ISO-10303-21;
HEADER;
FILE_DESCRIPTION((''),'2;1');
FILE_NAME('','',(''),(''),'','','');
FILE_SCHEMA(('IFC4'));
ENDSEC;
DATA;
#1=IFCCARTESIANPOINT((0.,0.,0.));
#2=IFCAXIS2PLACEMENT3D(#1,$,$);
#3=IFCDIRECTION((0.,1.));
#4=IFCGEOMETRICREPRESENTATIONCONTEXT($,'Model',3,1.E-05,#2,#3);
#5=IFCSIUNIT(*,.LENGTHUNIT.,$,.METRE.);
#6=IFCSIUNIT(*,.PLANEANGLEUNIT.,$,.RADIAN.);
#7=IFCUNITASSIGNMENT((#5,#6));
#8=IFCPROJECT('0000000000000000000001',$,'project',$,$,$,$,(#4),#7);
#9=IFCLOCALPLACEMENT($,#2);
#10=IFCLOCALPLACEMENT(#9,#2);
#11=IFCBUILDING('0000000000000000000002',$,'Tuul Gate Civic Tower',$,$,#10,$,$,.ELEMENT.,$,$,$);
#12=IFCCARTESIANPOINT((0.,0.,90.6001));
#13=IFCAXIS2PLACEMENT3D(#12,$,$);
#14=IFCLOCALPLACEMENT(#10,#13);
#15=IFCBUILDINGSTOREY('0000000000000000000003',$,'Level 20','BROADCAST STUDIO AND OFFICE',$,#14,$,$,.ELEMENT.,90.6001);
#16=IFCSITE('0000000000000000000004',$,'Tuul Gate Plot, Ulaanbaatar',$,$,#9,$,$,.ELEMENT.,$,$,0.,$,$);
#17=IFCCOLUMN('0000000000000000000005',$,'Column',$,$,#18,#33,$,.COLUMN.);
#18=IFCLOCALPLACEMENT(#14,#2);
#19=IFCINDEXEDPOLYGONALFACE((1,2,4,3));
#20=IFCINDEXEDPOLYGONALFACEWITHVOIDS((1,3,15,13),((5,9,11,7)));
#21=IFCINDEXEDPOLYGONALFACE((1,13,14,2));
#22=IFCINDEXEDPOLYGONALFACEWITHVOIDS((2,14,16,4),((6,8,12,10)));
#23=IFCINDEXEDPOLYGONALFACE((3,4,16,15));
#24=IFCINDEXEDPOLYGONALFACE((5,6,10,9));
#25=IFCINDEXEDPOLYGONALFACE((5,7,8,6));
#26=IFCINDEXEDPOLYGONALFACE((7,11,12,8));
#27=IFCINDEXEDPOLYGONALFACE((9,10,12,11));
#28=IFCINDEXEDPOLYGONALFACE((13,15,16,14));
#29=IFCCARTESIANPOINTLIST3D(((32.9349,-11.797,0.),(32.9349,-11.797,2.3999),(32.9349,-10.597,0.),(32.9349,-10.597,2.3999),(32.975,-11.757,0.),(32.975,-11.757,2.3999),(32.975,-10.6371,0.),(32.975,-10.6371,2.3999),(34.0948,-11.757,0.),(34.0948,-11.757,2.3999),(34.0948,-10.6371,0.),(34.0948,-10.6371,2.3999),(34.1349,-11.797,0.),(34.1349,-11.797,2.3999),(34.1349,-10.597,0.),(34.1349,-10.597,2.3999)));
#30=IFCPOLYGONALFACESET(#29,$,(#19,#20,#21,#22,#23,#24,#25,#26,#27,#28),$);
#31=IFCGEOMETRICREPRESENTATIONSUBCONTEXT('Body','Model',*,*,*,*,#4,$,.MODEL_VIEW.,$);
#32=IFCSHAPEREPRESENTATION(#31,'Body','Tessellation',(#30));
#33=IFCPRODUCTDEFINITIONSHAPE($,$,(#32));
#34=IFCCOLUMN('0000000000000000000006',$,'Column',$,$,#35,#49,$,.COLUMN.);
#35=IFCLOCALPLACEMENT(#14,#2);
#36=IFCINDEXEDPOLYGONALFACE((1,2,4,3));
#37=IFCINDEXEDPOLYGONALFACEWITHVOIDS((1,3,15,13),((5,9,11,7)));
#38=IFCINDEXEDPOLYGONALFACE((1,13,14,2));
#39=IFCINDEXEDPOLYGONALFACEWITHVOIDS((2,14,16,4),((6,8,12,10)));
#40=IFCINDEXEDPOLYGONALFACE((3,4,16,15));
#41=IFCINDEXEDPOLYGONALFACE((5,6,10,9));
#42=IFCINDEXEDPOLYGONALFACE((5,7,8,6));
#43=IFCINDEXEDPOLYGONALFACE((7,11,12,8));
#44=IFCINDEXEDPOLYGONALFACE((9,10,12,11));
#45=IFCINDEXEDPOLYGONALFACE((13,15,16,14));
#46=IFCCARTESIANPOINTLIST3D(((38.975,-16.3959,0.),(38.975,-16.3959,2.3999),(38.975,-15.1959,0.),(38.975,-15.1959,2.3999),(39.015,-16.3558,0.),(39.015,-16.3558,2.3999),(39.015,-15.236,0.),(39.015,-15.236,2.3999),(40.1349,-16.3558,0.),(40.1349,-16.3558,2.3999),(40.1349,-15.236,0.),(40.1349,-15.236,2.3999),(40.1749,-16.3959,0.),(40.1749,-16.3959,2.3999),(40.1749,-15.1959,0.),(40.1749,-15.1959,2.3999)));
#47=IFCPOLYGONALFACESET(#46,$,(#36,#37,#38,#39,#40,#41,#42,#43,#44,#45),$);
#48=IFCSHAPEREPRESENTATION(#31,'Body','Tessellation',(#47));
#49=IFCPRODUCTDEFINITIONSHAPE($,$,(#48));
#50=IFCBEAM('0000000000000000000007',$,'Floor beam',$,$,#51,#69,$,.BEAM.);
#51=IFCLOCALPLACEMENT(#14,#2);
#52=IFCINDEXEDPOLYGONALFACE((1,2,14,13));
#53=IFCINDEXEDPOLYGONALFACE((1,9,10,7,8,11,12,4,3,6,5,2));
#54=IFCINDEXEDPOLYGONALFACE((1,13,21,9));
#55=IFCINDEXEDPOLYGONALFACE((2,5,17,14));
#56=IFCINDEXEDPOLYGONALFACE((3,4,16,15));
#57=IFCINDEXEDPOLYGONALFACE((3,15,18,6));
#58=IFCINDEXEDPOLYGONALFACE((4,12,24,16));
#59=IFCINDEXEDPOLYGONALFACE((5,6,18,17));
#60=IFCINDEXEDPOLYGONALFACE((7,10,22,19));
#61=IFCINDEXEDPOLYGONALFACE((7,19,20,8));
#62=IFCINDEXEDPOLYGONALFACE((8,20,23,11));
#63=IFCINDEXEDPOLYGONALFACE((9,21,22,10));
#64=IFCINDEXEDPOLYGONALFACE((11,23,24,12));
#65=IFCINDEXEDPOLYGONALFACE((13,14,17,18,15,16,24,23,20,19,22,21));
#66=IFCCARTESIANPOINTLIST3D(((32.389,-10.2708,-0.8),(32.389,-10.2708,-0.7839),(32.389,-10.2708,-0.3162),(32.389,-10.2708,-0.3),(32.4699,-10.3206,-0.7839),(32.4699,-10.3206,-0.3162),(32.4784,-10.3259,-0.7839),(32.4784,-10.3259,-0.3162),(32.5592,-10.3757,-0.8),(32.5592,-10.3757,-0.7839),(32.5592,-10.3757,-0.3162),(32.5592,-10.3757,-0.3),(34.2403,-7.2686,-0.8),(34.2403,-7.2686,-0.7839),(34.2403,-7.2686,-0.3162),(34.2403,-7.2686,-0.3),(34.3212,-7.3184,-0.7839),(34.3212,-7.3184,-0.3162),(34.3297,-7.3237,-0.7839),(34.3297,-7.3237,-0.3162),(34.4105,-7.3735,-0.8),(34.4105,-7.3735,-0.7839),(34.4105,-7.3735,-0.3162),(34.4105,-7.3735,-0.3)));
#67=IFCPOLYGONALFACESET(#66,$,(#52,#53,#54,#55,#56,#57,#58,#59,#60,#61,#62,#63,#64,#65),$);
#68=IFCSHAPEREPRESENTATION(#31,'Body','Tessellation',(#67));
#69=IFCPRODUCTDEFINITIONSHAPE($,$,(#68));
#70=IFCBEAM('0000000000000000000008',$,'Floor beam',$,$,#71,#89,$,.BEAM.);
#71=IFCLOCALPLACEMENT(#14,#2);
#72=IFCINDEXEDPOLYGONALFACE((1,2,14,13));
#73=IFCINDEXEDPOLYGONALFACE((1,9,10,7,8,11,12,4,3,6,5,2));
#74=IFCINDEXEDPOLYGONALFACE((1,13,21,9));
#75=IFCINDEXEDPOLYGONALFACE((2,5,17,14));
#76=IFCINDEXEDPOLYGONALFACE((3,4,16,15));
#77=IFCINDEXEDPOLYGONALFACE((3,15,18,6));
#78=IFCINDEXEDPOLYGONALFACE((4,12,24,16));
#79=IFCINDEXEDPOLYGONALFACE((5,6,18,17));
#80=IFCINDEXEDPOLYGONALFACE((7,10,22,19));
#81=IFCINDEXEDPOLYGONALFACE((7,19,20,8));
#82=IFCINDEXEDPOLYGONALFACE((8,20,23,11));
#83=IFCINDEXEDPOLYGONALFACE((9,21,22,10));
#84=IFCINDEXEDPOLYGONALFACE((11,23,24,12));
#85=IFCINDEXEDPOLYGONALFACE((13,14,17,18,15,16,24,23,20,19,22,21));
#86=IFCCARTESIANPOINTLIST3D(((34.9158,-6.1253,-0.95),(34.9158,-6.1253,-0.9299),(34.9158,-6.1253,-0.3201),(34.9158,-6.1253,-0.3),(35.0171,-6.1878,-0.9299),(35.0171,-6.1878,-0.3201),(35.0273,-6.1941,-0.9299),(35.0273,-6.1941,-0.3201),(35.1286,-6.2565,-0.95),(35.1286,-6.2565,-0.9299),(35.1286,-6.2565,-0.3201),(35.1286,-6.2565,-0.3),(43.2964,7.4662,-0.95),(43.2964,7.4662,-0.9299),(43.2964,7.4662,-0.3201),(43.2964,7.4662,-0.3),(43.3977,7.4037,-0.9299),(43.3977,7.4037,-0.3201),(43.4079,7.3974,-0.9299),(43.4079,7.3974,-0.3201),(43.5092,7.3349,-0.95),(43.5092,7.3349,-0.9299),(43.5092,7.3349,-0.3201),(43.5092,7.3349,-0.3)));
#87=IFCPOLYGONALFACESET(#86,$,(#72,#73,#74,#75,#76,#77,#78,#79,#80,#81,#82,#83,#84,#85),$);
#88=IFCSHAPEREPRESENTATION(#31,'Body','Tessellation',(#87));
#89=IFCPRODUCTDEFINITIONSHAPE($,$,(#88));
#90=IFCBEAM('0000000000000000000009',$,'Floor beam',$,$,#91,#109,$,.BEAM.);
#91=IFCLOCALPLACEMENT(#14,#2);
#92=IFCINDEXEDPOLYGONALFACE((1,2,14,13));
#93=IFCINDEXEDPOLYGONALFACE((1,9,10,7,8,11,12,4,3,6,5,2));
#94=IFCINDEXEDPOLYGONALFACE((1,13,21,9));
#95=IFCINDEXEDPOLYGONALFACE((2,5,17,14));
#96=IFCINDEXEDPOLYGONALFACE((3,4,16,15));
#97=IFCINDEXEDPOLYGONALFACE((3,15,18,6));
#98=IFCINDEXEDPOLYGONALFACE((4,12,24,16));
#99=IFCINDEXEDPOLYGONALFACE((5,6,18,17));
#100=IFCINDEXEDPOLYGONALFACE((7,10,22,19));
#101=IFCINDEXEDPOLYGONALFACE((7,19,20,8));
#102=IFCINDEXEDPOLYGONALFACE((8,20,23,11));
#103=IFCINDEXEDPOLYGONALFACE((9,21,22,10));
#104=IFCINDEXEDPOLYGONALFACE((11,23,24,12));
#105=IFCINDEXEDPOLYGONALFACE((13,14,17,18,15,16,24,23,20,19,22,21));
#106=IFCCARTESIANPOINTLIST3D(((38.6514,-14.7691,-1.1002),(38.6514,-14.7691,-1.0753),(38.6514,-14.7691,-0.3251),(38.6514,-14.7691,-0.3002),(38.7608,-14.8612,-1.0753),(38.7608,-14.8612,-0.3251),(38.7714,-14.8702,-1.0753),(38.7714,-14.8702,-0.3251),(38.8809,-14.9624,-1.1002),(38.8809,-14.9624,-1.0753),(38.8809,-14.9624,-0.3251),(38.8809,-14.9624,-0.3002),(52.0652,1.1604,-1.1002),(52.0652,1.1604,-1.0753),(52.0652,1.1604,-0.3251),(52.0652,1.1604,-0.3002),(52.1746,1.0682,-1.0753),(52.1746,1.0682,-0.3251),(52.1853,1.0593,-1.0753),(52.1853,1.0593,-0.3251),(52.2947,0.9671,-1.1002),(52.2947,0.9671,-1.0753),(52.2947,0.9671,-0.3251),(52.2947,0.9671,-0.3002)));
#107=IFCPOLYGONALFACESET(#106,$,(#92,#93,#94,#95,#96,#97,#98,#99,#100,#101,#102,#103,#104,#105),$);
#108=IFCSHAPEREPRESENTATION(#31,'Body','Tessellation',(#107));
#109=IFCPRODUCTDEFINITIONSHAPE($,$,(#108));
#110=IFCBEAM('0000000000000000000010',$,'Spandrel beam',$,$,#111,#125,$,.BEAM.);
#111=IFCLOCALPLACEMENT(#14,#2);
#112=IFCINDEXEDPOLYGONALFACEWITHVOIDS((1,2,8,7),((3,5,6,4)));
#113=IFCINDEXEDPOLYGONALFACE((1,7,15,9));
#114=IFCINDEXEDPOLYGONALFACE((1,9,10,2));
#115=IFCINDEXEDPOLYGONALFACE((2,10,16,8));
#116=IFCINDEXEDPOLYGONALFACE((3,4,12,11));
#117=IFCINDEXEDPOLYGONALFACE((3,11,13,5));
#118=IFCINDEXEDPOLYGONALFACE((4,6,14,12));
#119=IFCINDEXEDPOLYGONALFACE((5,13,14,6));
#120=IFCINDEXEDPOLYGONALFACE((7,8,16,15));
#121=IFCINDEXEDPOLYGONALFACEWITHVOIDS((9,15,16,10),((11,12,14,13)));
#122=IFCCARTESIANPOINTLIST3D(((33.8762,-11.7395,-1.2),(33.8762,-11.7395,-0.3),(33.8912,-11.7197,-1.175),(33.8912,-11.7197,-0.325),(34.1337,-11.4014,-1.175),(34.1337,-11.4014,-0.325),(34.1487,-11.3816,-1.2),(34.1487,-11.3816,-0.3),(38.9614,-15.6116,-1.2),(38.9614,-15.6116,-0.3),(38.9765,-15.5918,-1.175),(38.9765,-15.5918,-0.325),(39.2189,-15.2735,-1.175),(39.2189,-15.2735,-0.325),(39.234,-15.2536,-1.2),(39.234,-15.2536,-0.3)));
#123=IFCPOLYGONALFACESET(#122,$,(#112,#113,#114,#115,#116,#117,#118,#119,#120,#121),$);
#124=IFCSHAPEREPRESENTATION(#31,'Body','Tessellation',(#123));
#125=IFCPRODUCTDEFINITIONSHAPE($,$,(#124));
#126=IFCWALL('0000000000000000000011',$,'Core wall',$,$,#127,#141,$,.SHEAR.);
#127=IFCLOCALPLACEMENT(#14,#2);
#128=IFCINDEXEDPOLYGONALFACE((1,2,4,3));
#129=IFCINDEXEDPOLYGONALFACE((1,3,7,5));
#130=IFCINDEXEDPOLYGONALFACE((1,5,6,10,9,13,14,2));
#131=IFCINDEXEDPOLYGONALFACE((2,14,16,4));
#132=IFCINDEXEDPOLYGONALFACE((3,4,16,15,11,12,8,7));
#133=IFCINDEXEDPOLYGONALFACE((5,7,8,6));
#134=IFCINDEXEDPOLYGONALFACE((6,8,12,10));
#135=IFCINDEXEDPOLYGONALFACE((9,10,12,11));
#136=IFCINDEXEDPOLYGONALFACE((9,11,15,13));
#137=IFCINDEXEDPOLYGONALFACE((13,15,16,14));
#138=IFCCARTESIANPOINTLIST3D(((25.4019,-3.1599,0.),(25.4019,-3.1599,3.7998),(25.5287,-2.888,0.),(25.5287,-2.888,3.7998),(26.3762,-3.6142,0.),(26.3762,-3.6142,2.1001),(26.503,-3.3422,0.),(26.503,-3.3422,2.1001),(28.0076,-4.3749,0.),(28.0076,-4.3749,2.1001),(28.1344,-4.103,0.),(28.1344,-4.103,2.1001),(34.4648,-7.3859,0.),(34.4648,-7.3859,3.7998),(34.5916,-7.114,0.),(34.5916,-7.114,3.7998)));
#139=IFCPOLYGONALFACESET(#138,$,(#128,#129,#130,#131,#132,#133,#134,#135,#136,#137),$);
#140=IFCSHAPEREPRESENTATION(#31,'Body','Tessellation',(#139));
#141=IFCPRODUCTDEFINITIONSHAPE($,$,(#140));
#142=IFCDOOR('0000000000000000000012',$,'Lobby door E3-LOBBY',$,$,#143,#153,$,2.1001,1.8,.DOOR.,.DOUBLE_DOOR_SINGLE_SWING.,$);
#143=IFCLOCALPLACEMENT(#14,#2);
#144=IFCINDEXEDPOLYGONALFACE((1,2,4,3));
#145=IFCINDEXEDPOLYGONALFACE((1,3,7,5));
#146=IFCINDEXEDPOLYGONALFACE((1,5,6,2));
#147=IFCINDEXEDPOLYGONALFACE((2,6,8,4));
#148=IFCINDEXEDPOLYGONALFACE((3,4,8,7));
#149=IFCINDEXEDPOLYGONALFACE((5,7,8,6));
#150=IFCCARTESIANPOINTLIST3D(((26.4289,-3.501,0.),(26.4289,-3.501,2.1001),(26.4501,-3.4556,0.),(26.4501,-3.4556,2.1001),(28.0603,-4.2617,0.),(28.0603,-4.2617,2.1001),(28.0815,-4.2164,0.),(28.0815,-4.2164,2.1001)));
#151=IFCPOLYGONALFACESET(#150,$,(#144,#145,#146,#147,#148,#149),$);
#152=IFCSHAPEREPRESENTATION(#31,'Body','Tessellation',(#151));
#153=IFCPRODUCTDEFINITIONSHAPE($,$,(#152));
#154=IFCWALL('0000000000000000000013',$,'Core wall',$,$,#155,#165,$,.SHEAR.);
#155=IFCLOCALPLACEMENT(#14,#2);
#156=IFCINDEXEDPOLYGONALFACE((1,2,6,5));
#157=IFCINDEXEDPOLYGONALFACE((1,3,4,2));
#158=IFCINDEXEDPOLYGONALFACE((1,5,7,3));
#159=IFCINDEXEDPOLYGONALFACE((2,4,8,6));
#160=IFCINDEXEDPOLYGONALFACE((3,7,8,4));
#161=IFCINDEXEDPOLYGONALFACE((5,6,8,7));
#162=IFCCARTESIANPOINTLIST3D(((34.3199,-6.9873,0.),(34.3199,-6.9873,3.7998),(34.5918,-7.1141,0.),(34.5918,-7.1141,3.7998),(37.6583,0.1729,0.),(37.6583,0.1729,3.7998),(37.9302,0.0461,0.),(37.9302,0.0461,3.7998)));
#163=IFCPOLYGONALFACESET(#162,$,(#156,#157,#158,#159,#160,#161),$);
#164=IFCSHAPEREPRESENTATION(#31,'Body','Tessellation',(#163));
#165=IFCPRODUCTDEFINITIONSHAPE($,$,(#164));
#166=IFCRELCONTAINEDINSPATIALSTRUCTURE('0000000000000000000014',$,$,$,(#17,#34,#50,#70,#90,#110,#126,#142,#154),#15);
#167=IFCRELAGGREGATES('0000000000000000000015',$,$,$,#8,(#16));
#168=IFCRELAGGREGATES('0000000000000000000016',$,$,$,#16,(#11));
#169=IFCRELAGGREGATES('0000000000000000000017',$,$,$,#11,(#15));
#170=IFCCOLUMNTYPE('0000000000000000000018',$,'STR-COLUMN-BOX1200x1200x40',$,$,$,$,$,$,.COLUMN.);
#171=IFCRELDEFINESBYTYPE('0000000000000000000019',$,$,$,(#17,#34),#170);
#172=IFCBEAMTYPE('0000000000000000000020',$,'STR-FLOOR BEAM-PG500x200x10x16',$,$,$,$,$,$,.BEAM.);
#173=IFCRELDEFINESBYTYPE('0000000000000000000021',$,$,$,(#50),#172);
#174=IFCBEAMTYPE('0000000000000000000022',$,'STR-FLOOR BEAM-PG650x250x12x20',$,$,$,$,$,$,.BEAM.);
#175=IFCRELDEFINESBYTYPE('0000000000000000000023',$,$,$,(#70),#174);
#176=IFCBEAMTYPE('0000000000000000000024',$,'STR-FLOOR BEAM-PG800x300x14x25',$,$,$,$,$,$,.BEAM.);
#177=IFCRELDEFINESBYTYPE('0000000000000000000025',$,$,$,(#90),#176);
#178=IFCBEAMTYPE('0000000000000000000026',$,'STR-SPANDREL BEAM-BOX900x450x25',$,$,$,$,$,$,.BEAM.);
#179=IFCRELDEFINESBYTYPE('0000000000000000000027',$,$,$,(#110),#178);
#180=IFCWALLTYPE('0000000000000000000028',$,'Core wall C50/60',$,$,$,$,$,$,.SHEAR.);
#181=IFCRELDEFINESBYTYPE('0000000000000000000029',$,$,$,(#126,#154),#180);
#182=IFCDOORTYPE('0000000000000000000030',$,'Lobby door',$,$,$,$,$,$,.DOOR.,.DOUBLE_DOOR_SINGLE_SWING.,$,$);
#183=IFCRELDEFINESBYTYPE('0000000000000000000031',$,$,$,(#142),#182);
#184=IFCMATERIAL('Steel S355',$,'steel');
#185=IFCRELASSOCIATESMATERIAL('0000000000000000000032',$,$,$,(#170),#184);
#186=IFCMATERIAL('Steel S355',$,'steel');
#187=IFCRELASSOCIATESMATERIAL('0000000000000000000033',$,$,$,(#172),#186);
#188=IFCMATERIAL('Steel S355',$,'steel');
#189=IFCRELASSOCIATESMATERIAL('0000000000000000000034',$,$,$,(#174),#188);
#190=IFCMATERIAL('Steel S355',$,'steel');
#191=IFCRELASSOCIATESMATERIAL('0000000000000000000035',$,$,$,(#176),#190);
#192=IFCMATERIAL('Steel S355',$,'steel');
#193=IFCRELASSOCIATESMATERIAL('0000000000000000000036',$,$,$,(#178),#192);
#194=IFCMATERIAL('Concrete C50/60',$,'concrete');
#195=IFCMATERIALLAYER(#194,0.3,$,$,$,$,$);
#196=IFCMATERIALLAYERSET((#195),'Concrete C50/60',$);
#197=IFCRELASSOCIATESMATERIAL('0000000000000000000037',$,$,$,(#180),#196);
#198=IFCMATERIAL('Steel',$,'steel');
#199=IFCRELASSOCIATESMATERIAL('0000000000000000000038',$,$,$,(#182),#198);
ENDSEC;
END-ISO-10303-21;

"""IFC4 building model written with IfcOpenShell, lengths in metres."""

from ifc_helpers import new_model, si_unit, direction, frame, frame_2d, origin, origin_2d, place, context, subcontext, project, spatial, rectangle, hollow_rectangle, i_section, extrude, material, layer, layer_set, material_profile, profile_set, type_object, element, fill, save


model = new_model("IFC4")

# Units and contexts
model_context = context("Model", 3, precision=1e-05, world=origin(), true_north=direction((0.0, 1.0)))
body_context = subcontext(model_context, "Body", "Model", "MODEL_VIEW")
ifc_project = project(units=[si_unit("LENGTHUNIT", "METRE"), si_unit("PLANEANGLEUNIT", "RADIAN")], contexts=[model_context])

# Site, building, storey
site_placement = place(None, origin())
site = spatial("IfcSite", under=ifc_project, at=site_placement, Name="Tuul Gate Plot, Ulaanbaatar", CompositionType="ELEMENT", RefElevation=0.0)
building_placement = place(site_placement, origin())
building = spatial("IfcBuilding", under=site, at=building_placement, Name="Tuul Gate Civic Tower", CompositionType="ELEMENT")
storey_placement = place(building_placement, frame((0.0, 0.0, 90.6001)))
storey = spatial("IfcBuildingStorey", under=building, at=storey_placement, Name="Level 20", Description="BROADCAST STUDIO AND OFFICE", CompositionType="ELEMENT", Elevation=90.6001)

# Columns
ifc_material_1 = material(Name="Steel S355", Category="steel")
ifc_material_profile_1 = material_profile(ifc_material_1, hollow_rectangle(XDim=1.2, YDim=1.2, WallThickness=0.04, at=origin_2d()), Name="BOX1200x1200x40")
ifc_profile_set_1 = profile_set([ifc_material_profile_1], Name="Steel S355")
column_type = type_object("IfcColumnType", Name="STR-COLUMN-BOX1200x1200x40", PredefinedType="COLUMN", material=ifc_profile_set_1)
for number, where, z_axis, x_axis, name in (
    (1, (33.5349, -11.197, 0.0), (0.0, 0.0, 1.0), (1.0, 0.0, 0.0), "Column"),
    (2, (39.575, -15.7959, 0.0), (0.0, 0.0, 1.0), (1.0, 0.0, 0.0), "Column"),
):
    element("IfcColumn", number, at=place(storey_placement, frame(where, z_axis=z_axis, x_axis=x_axis)), inside=storey, type_object=column_type, Name=name, PredefinedType="COLUMN", context=body_context, shape_type="SweptSolid", body=[
        extrude(hollow_rectangle(XDim=1.2, YDim=1.2, WallThickness=0.04, at=origin_2d()), origin(), (0.0, 0.0, 1.0), 2.3999),
    ])

# Beams
ifc_material_2 = material(Name="Steel S355", Category="steel")
ifc_material_profile_2 = material_profile(ifc_material_2, i_section(OverallWidth=0.2, OverallDepth=0.5, WebThickness=0.01, FlangeThickness=0.0161, at=origin_2d()), Name="PG500x200x10x16")
ifc_profile_set_2 = profile_set([ifc_material_profile_2], Name="Steel S355")
beam_type_1 = type_object("IfcBeamType", Name="STR-FLOOR BEAM-PG500x200x10x16", PredefinedType="BEAM", material=ifc_profile_set_2)
beam_1_placement = place(storey_placement, frame((32.4741, -10.3232, -0.55), z_axis=(0.524881, 0.851176, 0.0), x_axis=(-0.851176, 0.524881, 0.0)))
element("IfcBeam", 3, at=beam_1_placement, inside=storey, type_object=beam_type_1, Name="Floor beam", PredefinedType="BEAM", context=body_context, shape_type="SweptSolid", body=[
    extrude(i_section(OverallWidth=0.2, OverallDepth=0.5, WebThickness=0.01, FlangeThickness=0.0161, at=origin_2d()), origin(), (0.0, 0.0, 1.0), 3.5271),
])
ifc_material_3 = material(Name="Steel S355", Category="steel")
ifc_material_profile_3 = material_profile(ifc_material_3, i_section(OverallWidth=0.25, OverallDepth=0.6499, WebThickness=0.012, FlangeThickness=0.02, at=origin_2d()), Name="PG650x250x12x20")
ifc_profile_set_3 = profile_set([ifc_material_profile_3], Name="Steel S355")
beam_type_2 = type_object("IfcBeamType", Name="STR-FLOOR BEAM-PG650x250x12x20", PredefinedType="BEAM", material=ifc_profile_set_3)
beam_2_placement = place(storey_placement, frame((35.0222, -6.1909, -0.625), z_axis=(0.52485, 0.851194, 0.0), x_axis=(-0.851194, 0.52485, 0.0)))
element("IfcBeam", 4, at=beam_2_placement, inside=storey, type_object=beam_type_2, Name="Floor beam", PredefinedType="BEAM", context=body_context, shape_type="SweptSolid", body=[
    extrude(i_section(OverallWidth=0.25, OverallDepth=0.6499, WebThickness=0.012, FlangeThickness=0.02, at=origin_2d()), origin(), (0.0, 0.0, 1.0), 15.9675),
])
ifc_material_4 = material(Name="Steel S355", Category="steel")
ifc_material_profile_4 = material_profile(ifc_material_4, i_section(OverallWidth=0.3, OverallDepth=0.8, WebThickness=0.0139, FlangeThickness=0.0249, at=origin_2d()), Name="PG800x300x14x25")
ifc_profile_set_4 = profile_set([ifc_material_profile_4], Name="Steel S355")
beam_type_3 = type_object("IfcBeamType", Name="STR-FLOOR BEAM-PG800x300x14x25", PredefinedType="BEAM", material=ifc_profile_set_4)
beam_3_placement = place(storey_placement, frame((38.7661, -14.8657, -0.7002), z_axis=(0.644123, 0.764922, 0.0), x_axis=(-0.764922, 0.644123, 0.0)))
element("IfcBeam", 5, at=beam_3_placement, inside=storey, type_object=beam_type_3, Name="Floor beam", PredefinedType="BEAM", context=body_context, shape_type="SweptSolid", body=[
    extrude(i_section(OverallWidth=0.3, OverallDepth=0.8, WebThickness=0.0139, FlangeThickness=0.0249, at=origin_2d()), origin(), (0.0, 0.0, 1.0), 20.825),
])
ifc_material_5 = material(Name="Steel S355", Category="steel")
ifc_material_profile_5 = material_profile(ifc_material_5, hollow_rectangle(XDim=0.45, YDim=0.8999, WallThickness=0.0249, at=origin_2d()), Name="BOX900x450x25")
ifc_profile_set_5 = profile_set([ifc_material_profile_5], Name="Steel S355")
beam_type_4 = type_object("IfcBeamType", Name="STR-SPANDREL BEAM-BOX900x450x25", PredefinedType="BEAM", material=ifc_profile_set_5)
beam_4_placement = place(storey_placement, frame((34.0125, -11.5605, -0.75), z_axis=(0.795611, -0.605808, 0.0), x_axis=(0.605808, 0.795611, 0.0)))
element("IfcBeam", 6, at=beam_4_placement, inside=storey, type_object=beam_type_4, Name="Spandrel beam", PredefinedType="BEAM", context=body_context, shape_type="SweptSolid", body=[
    extrude(hollow_rectangle(XDim=0.45, YDim=0.8999, WallThickness=0.0249, at=origin_2d()), origin(), (0.0, 0.0, 1.0), 6.3916),
])

# Wall, opening, door
ifc_material_6 = material(Name="Concrete C50/60", Category="concrete")
ifc_layer_1 = layer(ifc_material_6, 0.3)
ifc_layer_set_1 = layer_set([ifc_layer_1], Name="Concrete C50/60")
wall_type_1 = type_object("IfcWallType", Name="Core wall C50/60", PredefinedType="SHEAR", material=ifc_layer_set_1)
wall_1_placement = place(storey_placement, frame((34.5283, -7.25, 0.0), z_axis=(0.0, 0.0, 1.0), x_axis=(-0.90631, 0.422613, 0.0)))
wall_1 = element("IfcWall", 7, at=wall_1_placement, inside=storey, type_object=wall_type_1, Name="Core wall", PredefinedType="SHEAR", context=body_context, shape_type="SweptSolid", body=[
    extrude(rectangle(XDim=9.9998, YDim=0.3, at=frame_2d((5.0, 0.0))), origin(), (0.0, 0.0, 1.0), 3.7998),
])
opening_1_placement = place(wall_1_placement, frame((7.125, 0.0, 0.0)))
opening_1 = element("IfcOpeningElement", 8, at=opening_1_placement, cuts=wall_1, PredefinedType="OPENING", context=body_context, shape_type="SweptSolid", body=[
    extrude(rectangle(XDim=1.8, YDim=2.1001, at=frame_2d((0.8999, 1.05))), frame((0.0, 0.1602, 0.0), z_axis=(0.0, -1.0, 0.0), x_axis=(1.0, 0.0, 0.0)), (0.0, 0.0, 1.0), 0.3201),
])
ifc_material_7 = material(Name="Steel", Category="steel")
door_type_1 = type_object("IfcDoorType", Name="Lobby door", OperationType="DOUBLE_DOOR_SINGLE_SWING", PredefinedType="DOOR", material=ifc_material_7)
door_1_placement = place(opening_1_placement, frame((1.8, 0.0, 0.0), z_axis=(0.0, 0.0, 1.0), x_axis=(-1.0, 0.0, 0.0)))
door_1 = element("IfcDoor", 9, at=door_1_placement, inside=storey, type_object=door_type_1, Name="Lobby door E3-LOBBY", OperationType="DOUBLE_DOOR_SINGLE_SWING", OverallHeight=2.1001, OverallWidth=1.8, PredefinedType="DOOR", context=body_context, shape_type="SweptSolid", body=[
    extrude(rectangle(XDim=1.8, YDim=2.1001, at=frame_2d((0.9001, 1.05))), frame((0.0, 0.0249, 0.0), z_axis=(0.0, -1.0, 0.0), x_axis=(1.0, 0.0, 0.0)), (0.0, 0.0, 1.0), 0.05),
])
fill(opening_1, door_1)

# Wall
wall_2_placement = place(storey_placement, frame((34.4558, -7.0508, 0.0), z_axis=(0.0, 0.0, 1.0), x_axis=(0.422571, 0.90633, 0.0)))
element("IfcWall", 10, at=wall_2_placement, inside=storey, type_object=wall_type_1, Name="Core wall", PredefinedType="SHEAR", context=body_context, shape_type="SweptSolid", body=[
    extrude(rectangle(XDim=7.9001, YDim=0.3, at=frame_2d((3.9502, 0.0))), origin(), (0.0, 0.0, 1.0), 3.7998),
])

save(model, "model.ifc")
